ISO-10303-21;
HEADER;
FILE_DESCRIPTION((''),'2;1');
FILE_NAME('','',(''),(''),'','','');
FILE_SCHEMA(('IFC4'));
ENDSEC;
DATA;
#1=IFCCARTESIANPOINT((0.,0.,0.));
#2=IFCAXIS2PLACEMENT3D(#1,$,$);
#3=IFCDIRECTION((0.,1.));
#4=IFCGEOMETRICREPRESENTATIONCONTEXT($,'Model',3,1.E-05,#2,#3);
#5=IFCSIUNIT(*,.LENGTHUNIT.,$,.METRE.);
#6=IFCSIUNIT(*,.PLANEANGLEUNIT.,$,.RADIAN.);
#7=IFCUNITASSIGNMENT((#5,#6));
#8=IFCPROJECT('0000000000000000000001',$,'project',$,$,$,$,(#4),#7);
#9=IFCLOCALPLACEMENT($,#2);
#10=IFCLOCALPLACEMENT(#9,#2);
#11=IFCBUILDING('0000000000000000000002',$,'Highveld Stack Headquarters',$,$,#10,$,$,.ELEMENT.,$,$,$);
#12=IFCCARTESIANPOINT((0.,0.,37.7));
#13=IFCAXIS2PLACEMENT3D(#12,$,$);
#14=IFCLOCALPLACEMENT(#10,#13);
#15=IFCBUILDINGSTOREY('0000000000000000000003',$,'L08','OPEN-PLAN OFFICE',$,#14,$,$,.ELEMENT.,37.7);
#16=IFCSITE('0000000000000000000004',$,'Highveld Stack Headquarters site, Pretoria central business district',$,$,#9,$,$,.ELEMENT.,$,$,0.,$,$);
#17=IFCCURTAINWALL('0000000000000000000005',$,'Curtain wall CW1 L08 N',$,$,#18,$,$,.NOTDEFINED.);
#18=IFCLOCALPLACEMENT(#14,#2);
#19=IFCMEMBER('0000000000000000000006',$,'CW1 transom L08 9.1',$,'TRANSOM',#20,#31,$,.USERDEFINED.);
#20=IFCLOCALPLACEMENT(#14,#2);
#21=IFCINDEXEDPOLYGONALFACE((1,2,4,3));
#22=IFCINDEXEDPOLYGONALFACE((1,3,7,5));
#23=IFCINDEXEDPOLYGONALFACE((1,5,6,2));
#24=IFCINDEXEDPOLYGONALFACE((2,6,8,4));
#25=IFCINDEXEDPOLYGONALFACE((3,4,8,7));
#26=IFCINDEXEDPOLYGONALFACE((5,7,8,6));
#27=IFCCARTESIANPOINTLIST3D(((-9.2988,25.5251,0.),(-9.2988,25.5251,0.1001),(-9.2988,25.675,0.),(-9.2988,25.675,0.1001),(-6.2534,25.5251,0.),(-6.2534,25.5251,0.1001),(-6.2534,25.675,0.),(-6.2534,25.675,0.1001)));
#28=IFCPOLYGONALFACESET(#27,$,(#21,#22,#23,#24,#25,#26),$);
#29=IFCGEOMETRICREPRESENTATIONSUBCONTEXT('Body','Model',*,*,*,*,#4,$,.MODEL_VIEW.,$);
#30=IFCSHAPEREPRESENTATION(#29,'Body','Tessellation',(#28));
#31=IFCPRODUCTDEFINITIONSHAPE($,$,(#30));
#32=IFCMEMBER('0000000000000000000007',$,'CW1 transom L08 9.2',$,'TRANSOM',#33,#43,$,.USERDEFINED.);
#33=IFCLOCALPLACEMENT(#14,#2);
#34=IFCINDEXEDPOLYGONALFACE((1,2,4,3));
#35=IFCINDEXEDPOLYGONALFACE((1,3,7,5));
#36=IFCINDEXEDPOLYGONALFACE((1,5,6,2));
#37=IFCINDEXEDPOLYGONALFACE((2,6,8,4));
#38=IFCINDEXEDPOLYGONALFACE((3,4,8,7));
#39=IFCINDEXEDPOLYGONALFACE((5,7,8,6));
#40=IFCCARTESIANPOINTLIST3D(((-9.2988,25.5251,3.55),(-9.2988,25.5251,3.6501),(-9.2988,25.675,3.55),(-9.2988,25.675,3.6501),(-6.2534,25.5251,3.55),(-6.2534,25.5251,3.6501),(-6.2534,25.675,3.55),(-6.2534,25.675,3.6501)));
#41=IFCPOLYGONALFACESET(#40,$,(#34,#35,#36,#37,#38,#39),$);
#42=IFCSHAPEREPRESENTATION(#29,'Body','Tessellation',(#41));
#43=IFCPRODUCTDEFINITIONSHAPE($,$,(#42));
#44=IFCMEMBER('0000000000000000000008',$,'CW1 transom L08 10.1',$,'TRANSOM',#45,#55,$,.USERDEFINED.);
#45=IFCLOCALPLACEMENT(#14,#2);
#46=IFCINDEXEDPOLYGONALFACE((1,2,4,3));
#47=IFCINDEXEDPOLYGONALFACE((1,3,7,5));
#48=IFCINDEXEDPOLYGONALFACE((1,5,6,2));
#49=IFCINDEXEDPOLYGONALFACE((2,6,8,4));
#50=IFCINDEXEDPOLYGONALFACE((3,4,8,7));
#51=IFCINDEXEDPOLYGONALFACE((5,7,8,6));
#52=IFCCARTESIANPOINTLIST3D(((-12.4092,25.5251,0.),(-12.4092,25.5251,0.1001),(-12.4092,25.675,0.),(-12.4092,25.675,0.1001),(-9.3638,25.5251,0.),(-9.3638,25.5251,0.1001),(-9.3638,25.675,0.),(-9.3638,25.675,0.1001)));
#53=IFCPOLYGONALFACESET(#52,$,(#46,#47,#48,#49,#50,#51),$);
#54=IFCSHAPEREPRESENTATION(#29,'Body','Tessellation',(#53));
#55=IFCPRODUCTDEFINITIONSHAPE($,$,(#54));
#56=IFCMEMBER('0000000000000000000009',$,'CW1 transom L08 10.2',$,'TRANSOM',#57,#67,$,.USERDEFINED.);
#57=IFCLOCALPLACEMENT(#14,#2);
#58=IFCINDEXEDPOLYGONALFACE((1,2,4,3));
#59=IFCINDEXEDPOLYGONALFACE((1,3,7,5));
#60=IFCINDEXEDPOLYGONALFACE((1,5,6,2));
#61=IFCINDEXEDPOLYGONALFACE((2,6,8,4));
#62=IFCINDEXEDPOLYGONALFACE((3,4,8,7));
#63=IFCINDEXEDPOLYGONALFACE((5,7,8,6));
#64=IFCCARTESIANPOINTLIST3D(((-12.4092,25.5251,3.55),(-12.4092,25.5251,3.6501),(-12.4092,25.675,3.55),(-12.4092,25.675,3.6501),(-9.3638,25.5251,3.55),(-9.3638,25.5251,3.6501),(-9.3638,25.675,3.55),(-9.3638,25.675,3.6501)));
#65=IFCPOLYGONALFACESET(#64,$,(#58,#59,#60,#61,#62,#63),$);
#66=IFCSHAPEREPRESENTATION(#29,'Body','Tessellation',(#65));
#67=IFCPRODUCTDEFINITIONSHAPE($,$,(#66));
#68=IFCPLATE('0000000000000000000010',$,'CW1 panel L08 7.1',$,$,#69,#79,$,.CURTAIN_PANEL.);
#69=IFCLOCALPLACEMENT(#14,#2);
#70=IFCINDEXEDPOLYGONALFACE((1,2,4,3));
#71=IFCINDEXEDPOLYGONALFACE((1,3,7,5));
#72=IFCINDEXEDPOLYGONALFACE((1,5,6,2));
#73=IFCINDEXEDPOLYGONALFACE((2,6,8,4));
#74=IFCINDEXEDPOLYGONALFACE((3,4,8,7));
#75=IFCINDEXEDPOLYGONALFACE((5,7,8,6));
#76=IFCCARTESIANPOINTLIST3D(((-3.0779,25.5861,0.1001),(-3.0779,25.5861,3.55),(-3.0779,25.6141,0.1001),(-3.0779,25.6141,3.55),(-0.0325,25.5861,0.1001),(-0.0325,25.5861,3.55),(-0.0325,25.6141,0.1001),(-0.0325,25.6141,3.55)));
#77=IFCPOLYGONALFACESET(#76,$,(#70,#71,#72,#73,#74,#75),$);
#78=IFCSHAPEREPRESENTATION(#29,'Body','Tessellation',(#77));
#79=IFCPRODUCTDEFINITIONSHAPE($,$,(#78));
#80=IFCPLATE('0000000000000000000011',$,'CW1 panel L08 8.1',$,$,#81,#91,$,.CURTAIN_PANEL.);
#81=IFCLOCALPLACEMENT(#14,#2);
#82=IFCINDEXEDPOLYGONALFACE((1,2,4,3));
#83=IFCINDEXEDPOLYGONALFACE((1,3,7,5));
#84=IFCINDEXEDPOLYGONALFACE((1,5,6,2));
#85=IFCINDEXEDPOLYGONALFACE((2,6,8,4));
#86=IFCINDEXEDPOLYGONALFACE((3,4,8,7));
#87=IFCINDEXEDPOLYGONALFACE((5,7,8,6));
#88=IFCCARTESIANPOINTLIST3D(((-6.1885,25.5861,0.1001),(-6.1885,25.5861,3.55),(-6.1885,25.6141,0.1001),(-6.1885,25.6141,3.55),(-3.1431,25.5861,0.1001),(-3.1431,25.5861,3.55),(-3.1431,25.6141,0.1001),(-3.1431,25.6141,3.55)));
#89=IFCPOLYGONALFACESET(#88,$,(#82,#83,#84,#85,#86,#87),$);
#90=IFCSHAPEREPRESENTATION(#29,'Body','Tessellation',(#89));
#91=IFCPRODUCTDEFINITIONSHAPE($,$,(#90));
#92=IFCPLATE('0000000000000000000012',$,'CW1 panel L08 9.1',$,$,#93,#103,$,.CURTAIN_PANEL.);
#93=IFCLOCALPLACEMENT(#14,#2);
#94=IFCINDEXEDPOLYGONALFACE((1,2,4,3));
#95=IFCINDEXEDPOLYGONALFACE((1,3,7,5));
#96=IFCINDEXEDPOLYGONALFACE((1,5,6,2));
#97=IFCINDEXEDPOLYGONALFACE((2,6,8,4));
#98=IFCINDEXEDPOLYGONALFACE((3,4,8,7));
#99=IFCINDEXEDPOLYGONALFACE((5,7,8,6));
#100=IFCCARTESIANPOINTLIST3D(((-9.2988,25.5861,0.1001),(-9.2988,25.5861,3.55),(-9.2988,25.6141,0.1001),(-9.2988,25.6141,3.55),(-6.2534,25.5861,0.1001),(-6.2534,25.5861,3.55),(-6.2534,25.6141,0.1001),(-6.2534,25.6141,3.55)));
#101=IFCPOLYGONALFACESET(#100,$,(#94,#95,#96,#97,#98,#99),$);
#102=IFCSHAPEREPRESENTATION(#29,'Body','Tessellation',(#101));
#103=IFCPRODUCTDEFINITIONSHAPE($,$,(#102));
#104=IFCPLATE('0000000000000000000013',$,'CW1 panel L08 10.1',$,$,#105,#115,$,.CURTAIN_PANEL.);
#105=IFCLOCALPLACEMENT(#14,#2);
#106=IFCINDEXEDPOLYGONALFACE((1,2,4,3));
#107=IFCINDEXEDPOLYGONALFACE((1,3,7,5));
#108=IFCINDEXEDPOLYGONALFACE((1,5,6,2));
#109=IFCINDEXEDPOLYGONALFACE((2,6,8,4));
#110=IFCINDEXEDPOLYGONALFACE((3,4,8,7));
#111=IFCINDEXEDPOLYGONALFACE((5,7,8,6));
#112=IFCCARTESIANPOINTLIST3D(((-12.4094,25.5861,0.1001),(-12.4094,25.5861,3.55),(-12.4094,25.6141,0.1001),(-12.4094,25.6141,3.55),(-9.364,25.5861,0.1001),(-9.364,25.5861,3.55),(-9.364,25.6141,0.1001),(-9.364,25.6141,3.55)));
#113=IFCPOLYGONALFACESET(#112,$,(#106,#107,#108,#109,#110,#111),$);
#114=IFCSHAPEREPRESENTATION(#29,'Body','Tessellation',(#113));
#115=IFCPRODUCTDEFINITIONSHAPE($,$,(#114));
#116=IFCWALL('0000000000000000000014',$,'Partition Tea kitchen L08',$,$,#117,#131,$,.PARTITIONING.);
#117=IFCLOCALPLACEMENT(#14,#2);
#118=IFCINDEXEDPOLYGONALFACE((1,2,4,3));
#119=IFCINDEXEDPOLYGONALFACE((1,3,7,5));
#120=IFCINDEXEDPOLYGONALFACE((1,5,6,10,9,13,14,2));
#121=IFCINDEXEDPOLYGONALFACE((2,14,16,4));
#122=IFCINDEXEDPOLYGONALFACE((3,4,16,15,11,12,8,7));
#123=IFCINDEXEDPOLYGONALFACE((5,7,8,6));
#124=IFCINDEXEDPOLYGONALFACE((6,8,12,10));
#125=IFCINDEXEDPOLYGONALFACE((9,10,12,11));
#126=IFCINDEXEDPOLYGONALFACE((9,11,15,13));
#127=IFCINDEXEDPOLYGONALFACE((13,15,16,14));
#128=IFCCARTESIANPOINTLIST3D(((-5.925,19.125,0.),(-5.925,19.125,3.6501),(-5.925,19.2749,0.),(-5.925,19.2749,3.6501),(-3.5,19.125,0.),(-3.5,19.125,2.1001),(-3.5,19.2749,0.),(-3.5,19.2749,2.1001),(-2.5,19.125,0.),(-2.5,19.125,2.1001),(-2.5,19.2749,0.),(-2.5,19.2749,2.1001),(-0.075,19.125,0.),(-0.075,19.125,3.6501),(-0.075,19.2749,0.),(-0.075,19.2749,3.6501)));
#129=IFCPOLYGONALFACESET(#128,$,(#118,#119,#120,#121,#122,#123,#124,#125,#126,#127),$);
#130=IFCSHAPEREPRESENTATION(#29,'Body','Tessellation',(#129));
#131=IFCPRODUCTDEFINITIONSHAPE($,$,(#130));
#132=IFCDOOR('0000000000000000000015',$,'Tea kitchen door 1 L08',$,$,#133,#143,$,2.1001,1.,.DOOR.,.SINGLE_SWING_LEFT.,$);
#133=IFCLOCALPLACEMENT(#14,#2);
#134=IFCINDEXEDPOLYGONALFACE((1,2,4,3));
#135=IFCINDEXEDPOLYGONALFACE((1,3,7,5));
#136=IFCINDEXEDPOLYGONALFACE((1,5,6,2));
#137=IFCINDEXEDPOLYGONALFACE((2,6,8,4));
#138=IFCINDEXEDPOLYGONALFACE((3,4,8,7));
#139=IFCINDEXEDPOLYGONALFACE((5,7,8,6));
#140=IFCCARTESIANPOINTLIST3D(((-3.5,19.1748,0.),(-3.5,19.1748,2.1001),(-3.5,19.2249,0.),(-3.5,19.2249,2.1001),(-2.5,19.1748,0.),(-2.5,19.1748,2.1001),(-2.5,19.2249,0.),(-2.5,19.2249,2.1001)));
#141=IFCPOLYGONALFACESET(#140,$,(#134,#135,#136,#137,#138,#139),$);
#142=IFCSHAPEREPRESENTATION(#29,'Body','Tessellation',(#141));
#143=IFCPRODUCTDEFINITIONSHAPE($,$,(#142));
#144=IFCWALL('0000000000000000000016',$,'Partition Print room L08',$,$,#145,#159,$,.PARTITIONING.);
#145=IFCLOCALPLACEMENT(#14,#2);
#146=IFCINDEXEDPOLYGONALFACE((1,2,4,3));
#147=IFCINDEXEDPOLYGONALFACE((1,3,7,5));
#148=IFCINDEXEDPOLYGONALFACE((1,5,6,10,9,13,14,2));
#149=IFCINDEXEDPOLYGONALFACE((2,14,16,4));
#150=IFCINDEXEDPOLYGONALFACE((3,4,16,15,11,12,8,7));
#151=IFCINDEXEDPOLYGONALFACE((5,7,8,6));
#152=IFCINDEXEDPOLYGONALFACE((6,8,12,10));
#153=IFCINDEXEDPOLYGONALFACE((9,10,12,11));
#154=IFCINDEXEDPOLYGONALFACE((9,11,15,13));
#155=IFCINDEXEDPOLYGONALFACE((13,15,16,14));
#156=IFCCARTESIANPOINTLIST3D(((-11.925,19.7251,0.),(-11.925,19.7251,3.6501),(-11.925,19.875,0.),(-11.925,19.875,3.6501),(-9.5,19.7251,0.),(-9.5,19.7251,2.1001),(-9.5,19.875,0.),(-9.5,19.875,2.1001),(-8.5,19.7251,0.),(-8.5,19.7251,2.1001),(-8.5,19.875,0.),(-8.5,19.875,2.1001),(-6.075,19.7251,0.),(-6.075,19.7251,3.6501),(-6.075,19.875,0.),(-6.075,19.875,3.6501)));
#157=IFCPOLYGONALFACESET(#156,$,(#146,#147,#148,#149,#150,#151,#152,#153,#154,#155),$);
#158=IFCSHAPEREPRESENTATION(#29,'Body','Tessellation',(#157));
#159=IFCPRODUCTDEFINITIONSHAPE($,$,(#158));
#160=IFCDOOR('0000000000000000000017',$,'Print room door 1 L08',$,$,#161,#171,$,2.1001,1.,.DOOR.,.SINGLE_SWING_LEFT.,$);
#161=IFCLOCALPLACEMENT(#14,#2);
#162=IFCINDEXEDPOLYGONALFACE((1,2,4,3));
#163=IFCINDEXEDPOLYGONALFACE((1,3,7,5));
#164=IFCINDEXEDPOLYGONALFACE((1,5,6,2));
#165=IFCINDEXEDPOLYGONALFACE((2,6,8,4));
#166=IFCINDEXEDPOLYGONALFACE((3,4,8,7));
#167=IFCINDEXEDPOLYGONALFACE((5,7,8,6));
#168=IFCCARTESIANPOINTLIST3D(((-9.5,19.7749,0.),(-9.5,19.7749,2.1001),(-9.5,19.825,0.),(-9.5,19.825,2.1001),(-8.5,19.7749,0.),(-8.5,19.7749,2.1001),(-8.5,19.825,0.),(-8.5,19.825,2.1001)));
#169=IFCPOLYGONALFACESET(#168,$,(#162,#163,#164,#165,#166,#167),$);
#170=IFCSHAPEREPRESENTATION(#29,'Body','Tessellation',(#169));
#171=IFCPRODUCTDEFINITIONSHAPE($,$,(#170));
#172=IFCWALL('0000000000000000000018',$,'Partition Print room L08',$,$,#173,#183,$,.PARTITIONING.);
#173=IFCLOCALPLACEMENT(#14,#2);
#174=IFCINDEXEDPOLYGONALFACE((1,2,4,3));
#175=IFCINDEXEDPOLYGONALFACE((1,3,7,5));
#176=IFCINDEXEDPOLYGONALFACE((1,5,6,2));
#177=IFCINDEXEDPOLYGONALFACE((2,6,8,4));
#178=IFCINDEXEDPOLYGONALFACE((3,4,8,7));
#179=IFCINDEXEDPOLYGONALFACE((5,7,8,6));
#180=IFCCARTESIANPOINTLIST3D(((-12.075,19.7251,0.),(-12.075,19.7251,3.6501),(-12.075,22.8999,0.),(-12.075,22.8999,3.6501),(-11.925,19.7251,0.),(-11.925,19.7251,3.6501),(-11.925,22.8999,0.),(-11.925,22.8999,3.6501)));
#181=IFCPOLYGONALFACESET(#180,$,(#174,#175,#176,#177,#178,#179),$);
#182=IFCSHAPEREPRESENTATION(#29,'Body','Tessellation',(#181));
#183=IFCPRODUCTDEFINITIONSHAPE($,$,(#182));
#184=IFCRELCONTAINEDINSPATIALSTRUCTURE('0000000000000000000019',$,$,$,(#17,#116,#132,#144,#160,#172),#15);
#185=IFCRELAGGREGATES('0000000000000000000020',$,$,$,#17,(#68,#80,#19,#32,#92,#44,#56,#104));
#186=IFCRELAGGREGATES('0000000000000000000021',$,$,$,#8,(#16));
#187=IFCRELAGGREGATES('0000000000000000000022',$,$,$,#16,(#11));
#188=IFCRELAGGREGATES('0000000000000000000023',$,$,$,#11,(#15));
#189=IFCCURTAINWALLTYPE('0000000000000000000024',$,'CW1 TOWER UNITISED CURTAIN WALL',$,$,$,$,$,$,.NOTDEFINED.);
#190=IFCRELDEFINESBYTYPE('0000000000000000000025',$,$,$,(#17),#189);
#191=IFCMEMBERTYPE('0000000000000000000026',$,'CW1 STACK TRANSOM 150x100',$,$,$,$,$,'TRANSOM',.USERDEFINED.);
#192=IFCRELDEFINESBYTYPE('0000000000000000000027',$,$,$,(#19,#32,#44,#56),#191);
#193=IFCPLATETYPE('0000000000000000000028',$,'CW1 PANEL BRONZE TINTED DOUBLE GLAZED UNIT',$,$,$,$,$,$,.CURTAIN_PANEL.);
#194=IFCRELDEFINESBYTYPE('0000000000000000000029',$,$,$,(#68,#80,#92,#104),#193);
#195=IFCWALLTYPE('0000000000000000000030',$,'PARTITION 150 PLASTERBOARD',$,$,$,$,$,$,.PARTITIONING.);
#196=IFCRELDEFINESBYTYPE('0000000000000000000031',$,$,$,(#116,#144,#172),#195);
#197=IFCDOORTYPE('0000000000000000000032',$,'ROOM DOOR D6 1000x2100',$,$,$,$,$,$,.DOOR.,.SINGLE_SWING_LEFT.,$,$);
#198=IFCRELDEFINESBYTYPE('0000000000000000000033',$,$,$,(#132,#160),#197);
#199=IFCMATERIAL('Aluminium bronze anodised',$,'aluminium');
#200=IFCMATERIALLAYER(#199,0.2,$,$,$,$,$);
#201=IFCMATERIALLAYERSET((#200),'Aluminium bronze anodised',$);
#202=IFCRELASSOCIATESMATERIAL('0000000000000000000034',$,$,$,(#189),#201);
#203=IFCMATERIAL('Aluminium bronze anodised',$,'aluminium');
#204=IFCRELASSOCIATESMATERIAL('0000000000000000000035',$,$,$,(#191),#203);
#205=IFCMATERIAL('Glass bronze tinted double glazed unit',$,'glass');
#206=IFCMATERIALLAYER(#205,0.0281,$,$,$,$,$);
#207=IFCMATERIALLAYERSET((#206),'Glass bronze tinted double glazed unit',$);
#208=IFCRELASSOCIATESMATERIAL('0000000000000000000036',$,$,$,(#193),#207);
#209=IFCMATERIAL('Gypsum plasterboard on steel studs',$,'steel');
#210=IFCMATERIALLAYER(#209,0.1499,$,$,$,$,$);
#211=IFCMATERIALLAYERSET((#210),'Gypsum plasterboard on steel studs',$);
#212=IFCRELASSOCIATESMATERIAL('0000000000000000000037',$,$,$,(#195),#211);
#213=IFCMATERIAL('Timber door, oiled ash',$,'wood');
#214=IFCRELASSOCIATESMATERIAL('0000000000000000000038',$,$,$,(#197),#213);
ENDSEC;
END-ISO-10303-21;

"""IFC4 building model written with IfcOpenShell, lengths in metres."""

from ifc_helpers import new_model, si_unit, direction, frame, frame_2d, origin, origin_2d, place, context, subcontext, project, spatial, rectangle, extrude, material, layer, layer_set, material_profile, profile_set, type_object, element, fill, aggregate, save


model = new_model("IFC4")

# Units and contexts
model_context = context("Model", 3, precision=1e-05, world=origin(), true_north=direction((0.0, 1.0)))
body_context = subcontext(model_context, "Body", "Model", "MODEL_VIEW")
ifc_project = project(units=[si_unit("LENGTHUNIT", "METRE"), si_unit("PLANEANGLEUNIT", "RADIAN")], contexts=[model_context])

# Site, building, storey
site_placement = place(None, origin())
site = spatial("IfcSite", under=ifc_project, at=site_placement, Name="Highveld Stack Headquarters site, Pretoria central business district", CompositionType="ELEMENT", RefElevation=0.0)
building_placement = place(site_placement, origin())
building = spatial("IfcBuilding", under=site, at=building_placement, Name="Highveld Stack Headquarters", CompositionType="ELEMENT")
storey_placement = place(building_placement, frame((0.0, 0.0, 37.7)))
storey = spatial("IfcBuildingStorey", under=building, at=storey_placement, Name="L08", Description="OPEN-PLAN OFFICE", CompositionType="ELEMENT", Elevation=37.7)

# Curtain wall, members, plates
ifc_material_1 = material(Name="Aluminium bronze anodised", Category="aluminium")
ifc_layer_1 = layer(ifc_material_1, 0.2)
ifc_layer_set_1 = layer_set([ifc_layer_1], Name="Aluminium bronze anodised")
curtain_wall_type = type_object("IfcCurtainWallType", Name="CW1 TOWER UNITISED CURTAIN WALL", PredefinedType="NOTDEFINED", material=ifc_layer_set_1)
curtain_wall_placement = place(storey_placement, origin())
curtain_wall = element("IfcCurtainWall", 1, at=curtain_wall_placement, inside=storey, type_object=curtain_wall_type, Name="Curtain wall CW1 L08 N", PredefinedType="NOTDEFINED")
ifc_material_2 = material(Name="Aluminium bronze anodised", Category="aluminium")
ifc_material_profile_1 = material_profile(ifc_material_2, rectangle(XDim=0.1499, YDim=0.1001, at=origin_2d()), Name="CW1 TRANSOM 150x100")
ifc_profile_set_1 = profile_set([ifc_material_profile_1], Name="Aluminium bronze anodised")
member_type_1 = type_object("IfcMemberType", Name="CW1 STACK TRANSOM 150x100", ElementType="TRANSOM", PredefinedType="USERDEFINED", material=ifc_profile_set_1)
member_1_placement = place(storey_placement, frame((-6.2534, 25.6001, 0.05), z_axis=(-1.0, 0.0, 0.0), x_axis=(0.0, -1.0, 0.0)))
member_1 = element("IfcMember", 2, at=member_1_placement, type_object=member_type_1, Name="CW1 transom L08 9.1", ObjectType="TRANSOM", PredefinedType="USERDEFINED", context=body_context, shape_type="SweptSolid", body=[
    extrude(rectangle(XDim=0.1499, YDim=0.1001, at=origin_2d()), origin(), (0.0, 0.0, 1.0), 3.0454),
])
member_2_placement = place(storey_placement, frame((-6.2534, 25.6001, 3.6001), z_axis=(-1.0, 0.0, 0.0), x_axis=(0.0, -1.0, 0.0)))
member_2 = element("IfcMember", 3, at=member_2_placement, type_object=member_type_1, Name="CW1 transom L08 9.2", ObjectType="TRANSOM", PredefinedType="USERDEFINED", context=body_context, shape_type="SweptSolid", body=[
    extrude(rectangle(XDim=0.1499, YDim=0.1001, at=origin_2d()), origin(), (0.0, 0.0, 1.0), 3.0454),
])
member_3_placement = place(storey_placement, frame((-9.3638, 25.6001, 0.05), z_axis=(-1.0, 0.0, 0.0), x_axis=(0.0, -1.0, 0.0)))
member_3 = element("IfcMember", 4, at=member_3_placement, type_object=member_type_1, Name="CW1 transom L08 10.1", ObjectType="TRANSOM", PredefinedType="USERDEFINED", context=body_context, shape_type="SweptSolid", body=[
    extrude(rectangle(XDim=0.1499, YDim=0.1001, at=origin_2d()), origin(), (0.0, 0.0, 1.0), 3.0454),
])
member_4_placement = place(storey_placement, frame((-9.3638, 25.6001, 3.6001), z_axis=(-1.0, 0.0, 0.0), x_axis=(0.0, -1.0, 0.0)))
member_4 = element("IfcMember", 5, at=member_4_placement, type_object=member_type_1, Name="CW1 transom L08 10.2", ObjectType="TRANSOM", PredefinedType="USERDEFINED", context=body_context, shape_type="SweptSolid", body=[
    extrude(rectangle(XDim=0.1499, YDim=0.1001, at=origin_2d()), origin(), (0.0, 0.0, 1.0), 3.0454),
])
ifc_material_3 = material(Name="Glass bronze tinted double glazed unit", Category="glass")
ifc_layer_2 = layer(ifc_material_3, 0.0281)
ifc_layer_set_2 = layer_set([ifc_layer_2], Name="Glass bronze tinted double glazed unit")
plate_type = type_object("IfcPlateType", Name="CW1 PANEL BRONZE TINTED DOUBLE GLAZED UNIT", PredefinedType="CURTAIN_PANEL", material=ifc_layer_set_2)
plate_1_placement = place(storey_placement, frame((-1.5552, 25.6001, 0.1001), z_axis=(0.0, 0.0, 1.0), x_axis=(-1.0, 0.0, 0.0)))
plate_1 = element("IfcPlate", 6, at=plate_1_placement, type_object=plate_type, Name="CW1 panel L08 7.1", PredefinedType="CURTAIN_PANEL", context=body_context, shape_type="SweptSolid", body=[
    extrude(rectangle(XDim=3.0454, YDim=0.0281, at=origin_2d()), origin(), (0.0, 0.0, 1.0), 3.45),
])
plate_2_placement = place(storey_placement, frame((-4.6658, 25.6001, 0.1001), z_axis=(0.0, 0.0, 1.0), x_axis=(-1.0, 0.0, 0.0)))
plate_2 = element("IfcPlate", 7, at=plate_2_placement, type_object=plate_type, Name="CW1 panel L08 8.1", PredefinedType="CURTAIN_PANEL", context=body_context, shape_type="SweptSolid", body=[
    extrude(rectangle(XDim=3.0454, YDim=0.0281, at=origin_2d()), origin(), (0.0, 0.0, 1.0), 3.45),
])
plate_3_placement = place(storey_placement, frame((-7.7761, 25.6001, 0.1001), z_axis=(0.0, 0.0, 1.0), x_axis=(-1.0, 0.0, 0.0)))
plate_3 = element("IfcPlate", 8, at=plate_3_placement, type_object=plate_type, Name="CW1 panel L08 9.1", PredefinedType="CURTAIN_PANEL", context=body_context, shape_type="SweptSolid", body=[
    extrude(rectangle(XDim=3.0454, YDim=0.0281, at=origin_2d()), origin(), (0.0, 0.0, 1.0), 3.45),
])
plate_4_placement = place(storey_placement, frame((-10.8867, 25.6001, 0.1001), z_axis=(0.0, 0.0, 1.0), x_axis=(-1.0, 0.0, 0.0)))
plate_4 = element("IfcPlate", 9, at=plate_4_placement, type_object=plate_type, Name="CW1 panel L08 10.1", PredefinedType="CURTAIN_PANEL", context=body_context, shape_type="SweptSolid", body=[
    extrude(rectangle(XDim=3.0454, YDim=0.0281, at=origin_2d()), origin(), (0.0, 0.0, 1.0), 3.45),
])
aggregate(curtain_wall, [plate_1, plate_2, member_1, member_2, plate_3, member_3, member_4, plate_4])

# Walls, openings, doors
ifc_material_4 = material(Name="Gypsum plasterboard on steel studs", Category="steel")
ifc_layer_3 = layer(ifc_material_4, 0.1499)
ifc_layer_set_3 = layer_set([ifc_layer_3], Name="Gypsum plasterboard on steel studs")
wall_type = type_object("IfcWallType", Name="PARTITION 150 PLASTERBOARD", PredefinedType="PARTITIONING", material=ifc_layer_set_3)
wall_1_placement = place(storey_placement, frame((-5.925, 19.2, 0.0), z_axis=(0.0, 0.0, 1.0), x_axis=(1.0, 0.0, 0.0)))
wall_1 = element("IfcWall", 10, at=wall_1_placement, inside=storey, type_object=wall_type, Name="Partition Tea kitchen L08", PredefinedType="PARTITIONING", context=body_context, shape_type="SweptSolid", body=[
    extrude(rectangle(XDim=5.8501, YDim=0.1499, at=frame_2d((2.925, 0.0))), origin(), (0.0, 0.0, 1.0), 3.6501),
])
opening_1_placement = place(wall_1_placement, frame((2.425, 0.0, 0.0)))
opening_1 = element("IfcOpeningElement", 11, at=opening_1_placement, cuts=wall_1, PredefinedType="OPENING", context=body_context, shape_type="SweptSolid", body=[
    extrude(rectangle(XDim=1.0, YDim=2.1001, at=frame_2d((0.5, 1.05))), frame((0.0, 0.085, 0.0), z_axis=(0.0, -1.0, 0.0), x_axis=(1.0, 0.0, 0.0)), (0.0, 0.0, 1.0), 0.1699),
])
ifc_material_5 = material(Name="Timber door, oiled ash", Category="wood")
door_type = type_object("IfcDoorType", Name="ROOM DOOR D6 1000x2100", OperationType="SINGLE_SWING_LEFT", PredefinedType="DOOR", material=ifc_material_5)
door_1_placement = place(opening_1_placement, origin())
door_1 = element("IfcDoor", 12, at=door_1_placement, inside=storey, type_object=door_type, Name="Tea kitchen door 1 L08", OperationType="SINGLE_SWING_LEFT", OverallHeight=2.1001, OverallWidth=1.0, PredefinedType="DOOR", context=body_context, shape_type="SweptSolid", body=[
    extrude(rectangle(XDim=1.0, YDim=2.1001, at=frame_2d((0.5, 1.05))), frame((0.0, 0.0249, 0.0), z_axis=(0.0, -1.0, 0.0), x_axis=(1.0, 0.0, 0.0)), (0.0, 0.0, 1.0), 0.05),
])
fill(opening_1, door_1)
wall_2_placement = place(storey_placement, frame((-11.925, 19.8, 0.0), z_axis=(0.0, 0.0, 1.0), x_axis=(1.0, 0.0, 0.0)))
wall_2 = element("IfcWall", 13, at=wall_2_placement, inside=storey, type_object=wall_type, Name="Partition Print room L08", PredefinedType="PARTITIONING", context=body_context, shape_type="SweptSolid", body=[
    extrude(rectangle(XDim=5.8501, YDim=0.1499, at=frame_2d((2.925, 0.0))), origin(), (0.0, 0.0, 1.0), 3.6501),
])
opening_2_placement = place(wall_2_placement, frame((2.425, 0.0, 0.0)))
opening_2 = element("IfcOpeningElement", 14, at=opening_2_placement, cuts=wall_2, PredefinedType="OPENING", context=body_context, shape_type="SweptSolid", body=[
    extrude(rectangle(XDim=1.0, YDim=2.1001, at=frame_2d((0.5, 1.05))), frame((0.0, 0.085, 0.0), z_axis=(0.0, -1.0, 0.0), x_axis=(1.0, 0.0, 0.0)), (0.0, 0.0, 1.0), 0.1699),
])
door_2_placement = place(opening_2_placement, origin())
door_2 = element("IfcDoor", 15, at=door_2_placement, inside=storey, type_object=door_type, Name="Print room door 1 L08", OperationType="SINGLE_SWING_LEFT", OverallHeight=2.1001, OverallWidth=1.0, PredefinedType="DOOR", context=body_context, shape_type="SweptSolid", body=[
    extrude(rectangle(XDim=1.0, YDim=2.1001, at=frame_2d((0.5, 1.05))), frame((0.0, 0.0249, 0.0), z_axis=(0.0, -1.0, 0.0), x_axis=(1.0, 0.0, 0.0)), (0.0, 0.0, 1.0), 0.05),
])
fill(opening_2, door_2)

# Wall
wall_3_placement = place(storey_placement, frame((-12.0, 19.7251, 0.0), z_axis=(0.0, 0.0, 1.0), x_axis=(0.0, 1.0, 0.0)))
element("IfcWall", 16, at=wall_3_placement, inside=storey, type_object=wall_type, Name="Partition Print room L08", PredefinedType="PARTITIONING", context=body_context, shape_type="SweptSolid", body=[
    extrude(rectangle(XDim=3.1748, YDim=0.1499, at=frame_2d((1.5874, 0.0))), origin(), (0.0, 0.0, 1.0), 3.6501),
])

save(model, "model.ifc")
